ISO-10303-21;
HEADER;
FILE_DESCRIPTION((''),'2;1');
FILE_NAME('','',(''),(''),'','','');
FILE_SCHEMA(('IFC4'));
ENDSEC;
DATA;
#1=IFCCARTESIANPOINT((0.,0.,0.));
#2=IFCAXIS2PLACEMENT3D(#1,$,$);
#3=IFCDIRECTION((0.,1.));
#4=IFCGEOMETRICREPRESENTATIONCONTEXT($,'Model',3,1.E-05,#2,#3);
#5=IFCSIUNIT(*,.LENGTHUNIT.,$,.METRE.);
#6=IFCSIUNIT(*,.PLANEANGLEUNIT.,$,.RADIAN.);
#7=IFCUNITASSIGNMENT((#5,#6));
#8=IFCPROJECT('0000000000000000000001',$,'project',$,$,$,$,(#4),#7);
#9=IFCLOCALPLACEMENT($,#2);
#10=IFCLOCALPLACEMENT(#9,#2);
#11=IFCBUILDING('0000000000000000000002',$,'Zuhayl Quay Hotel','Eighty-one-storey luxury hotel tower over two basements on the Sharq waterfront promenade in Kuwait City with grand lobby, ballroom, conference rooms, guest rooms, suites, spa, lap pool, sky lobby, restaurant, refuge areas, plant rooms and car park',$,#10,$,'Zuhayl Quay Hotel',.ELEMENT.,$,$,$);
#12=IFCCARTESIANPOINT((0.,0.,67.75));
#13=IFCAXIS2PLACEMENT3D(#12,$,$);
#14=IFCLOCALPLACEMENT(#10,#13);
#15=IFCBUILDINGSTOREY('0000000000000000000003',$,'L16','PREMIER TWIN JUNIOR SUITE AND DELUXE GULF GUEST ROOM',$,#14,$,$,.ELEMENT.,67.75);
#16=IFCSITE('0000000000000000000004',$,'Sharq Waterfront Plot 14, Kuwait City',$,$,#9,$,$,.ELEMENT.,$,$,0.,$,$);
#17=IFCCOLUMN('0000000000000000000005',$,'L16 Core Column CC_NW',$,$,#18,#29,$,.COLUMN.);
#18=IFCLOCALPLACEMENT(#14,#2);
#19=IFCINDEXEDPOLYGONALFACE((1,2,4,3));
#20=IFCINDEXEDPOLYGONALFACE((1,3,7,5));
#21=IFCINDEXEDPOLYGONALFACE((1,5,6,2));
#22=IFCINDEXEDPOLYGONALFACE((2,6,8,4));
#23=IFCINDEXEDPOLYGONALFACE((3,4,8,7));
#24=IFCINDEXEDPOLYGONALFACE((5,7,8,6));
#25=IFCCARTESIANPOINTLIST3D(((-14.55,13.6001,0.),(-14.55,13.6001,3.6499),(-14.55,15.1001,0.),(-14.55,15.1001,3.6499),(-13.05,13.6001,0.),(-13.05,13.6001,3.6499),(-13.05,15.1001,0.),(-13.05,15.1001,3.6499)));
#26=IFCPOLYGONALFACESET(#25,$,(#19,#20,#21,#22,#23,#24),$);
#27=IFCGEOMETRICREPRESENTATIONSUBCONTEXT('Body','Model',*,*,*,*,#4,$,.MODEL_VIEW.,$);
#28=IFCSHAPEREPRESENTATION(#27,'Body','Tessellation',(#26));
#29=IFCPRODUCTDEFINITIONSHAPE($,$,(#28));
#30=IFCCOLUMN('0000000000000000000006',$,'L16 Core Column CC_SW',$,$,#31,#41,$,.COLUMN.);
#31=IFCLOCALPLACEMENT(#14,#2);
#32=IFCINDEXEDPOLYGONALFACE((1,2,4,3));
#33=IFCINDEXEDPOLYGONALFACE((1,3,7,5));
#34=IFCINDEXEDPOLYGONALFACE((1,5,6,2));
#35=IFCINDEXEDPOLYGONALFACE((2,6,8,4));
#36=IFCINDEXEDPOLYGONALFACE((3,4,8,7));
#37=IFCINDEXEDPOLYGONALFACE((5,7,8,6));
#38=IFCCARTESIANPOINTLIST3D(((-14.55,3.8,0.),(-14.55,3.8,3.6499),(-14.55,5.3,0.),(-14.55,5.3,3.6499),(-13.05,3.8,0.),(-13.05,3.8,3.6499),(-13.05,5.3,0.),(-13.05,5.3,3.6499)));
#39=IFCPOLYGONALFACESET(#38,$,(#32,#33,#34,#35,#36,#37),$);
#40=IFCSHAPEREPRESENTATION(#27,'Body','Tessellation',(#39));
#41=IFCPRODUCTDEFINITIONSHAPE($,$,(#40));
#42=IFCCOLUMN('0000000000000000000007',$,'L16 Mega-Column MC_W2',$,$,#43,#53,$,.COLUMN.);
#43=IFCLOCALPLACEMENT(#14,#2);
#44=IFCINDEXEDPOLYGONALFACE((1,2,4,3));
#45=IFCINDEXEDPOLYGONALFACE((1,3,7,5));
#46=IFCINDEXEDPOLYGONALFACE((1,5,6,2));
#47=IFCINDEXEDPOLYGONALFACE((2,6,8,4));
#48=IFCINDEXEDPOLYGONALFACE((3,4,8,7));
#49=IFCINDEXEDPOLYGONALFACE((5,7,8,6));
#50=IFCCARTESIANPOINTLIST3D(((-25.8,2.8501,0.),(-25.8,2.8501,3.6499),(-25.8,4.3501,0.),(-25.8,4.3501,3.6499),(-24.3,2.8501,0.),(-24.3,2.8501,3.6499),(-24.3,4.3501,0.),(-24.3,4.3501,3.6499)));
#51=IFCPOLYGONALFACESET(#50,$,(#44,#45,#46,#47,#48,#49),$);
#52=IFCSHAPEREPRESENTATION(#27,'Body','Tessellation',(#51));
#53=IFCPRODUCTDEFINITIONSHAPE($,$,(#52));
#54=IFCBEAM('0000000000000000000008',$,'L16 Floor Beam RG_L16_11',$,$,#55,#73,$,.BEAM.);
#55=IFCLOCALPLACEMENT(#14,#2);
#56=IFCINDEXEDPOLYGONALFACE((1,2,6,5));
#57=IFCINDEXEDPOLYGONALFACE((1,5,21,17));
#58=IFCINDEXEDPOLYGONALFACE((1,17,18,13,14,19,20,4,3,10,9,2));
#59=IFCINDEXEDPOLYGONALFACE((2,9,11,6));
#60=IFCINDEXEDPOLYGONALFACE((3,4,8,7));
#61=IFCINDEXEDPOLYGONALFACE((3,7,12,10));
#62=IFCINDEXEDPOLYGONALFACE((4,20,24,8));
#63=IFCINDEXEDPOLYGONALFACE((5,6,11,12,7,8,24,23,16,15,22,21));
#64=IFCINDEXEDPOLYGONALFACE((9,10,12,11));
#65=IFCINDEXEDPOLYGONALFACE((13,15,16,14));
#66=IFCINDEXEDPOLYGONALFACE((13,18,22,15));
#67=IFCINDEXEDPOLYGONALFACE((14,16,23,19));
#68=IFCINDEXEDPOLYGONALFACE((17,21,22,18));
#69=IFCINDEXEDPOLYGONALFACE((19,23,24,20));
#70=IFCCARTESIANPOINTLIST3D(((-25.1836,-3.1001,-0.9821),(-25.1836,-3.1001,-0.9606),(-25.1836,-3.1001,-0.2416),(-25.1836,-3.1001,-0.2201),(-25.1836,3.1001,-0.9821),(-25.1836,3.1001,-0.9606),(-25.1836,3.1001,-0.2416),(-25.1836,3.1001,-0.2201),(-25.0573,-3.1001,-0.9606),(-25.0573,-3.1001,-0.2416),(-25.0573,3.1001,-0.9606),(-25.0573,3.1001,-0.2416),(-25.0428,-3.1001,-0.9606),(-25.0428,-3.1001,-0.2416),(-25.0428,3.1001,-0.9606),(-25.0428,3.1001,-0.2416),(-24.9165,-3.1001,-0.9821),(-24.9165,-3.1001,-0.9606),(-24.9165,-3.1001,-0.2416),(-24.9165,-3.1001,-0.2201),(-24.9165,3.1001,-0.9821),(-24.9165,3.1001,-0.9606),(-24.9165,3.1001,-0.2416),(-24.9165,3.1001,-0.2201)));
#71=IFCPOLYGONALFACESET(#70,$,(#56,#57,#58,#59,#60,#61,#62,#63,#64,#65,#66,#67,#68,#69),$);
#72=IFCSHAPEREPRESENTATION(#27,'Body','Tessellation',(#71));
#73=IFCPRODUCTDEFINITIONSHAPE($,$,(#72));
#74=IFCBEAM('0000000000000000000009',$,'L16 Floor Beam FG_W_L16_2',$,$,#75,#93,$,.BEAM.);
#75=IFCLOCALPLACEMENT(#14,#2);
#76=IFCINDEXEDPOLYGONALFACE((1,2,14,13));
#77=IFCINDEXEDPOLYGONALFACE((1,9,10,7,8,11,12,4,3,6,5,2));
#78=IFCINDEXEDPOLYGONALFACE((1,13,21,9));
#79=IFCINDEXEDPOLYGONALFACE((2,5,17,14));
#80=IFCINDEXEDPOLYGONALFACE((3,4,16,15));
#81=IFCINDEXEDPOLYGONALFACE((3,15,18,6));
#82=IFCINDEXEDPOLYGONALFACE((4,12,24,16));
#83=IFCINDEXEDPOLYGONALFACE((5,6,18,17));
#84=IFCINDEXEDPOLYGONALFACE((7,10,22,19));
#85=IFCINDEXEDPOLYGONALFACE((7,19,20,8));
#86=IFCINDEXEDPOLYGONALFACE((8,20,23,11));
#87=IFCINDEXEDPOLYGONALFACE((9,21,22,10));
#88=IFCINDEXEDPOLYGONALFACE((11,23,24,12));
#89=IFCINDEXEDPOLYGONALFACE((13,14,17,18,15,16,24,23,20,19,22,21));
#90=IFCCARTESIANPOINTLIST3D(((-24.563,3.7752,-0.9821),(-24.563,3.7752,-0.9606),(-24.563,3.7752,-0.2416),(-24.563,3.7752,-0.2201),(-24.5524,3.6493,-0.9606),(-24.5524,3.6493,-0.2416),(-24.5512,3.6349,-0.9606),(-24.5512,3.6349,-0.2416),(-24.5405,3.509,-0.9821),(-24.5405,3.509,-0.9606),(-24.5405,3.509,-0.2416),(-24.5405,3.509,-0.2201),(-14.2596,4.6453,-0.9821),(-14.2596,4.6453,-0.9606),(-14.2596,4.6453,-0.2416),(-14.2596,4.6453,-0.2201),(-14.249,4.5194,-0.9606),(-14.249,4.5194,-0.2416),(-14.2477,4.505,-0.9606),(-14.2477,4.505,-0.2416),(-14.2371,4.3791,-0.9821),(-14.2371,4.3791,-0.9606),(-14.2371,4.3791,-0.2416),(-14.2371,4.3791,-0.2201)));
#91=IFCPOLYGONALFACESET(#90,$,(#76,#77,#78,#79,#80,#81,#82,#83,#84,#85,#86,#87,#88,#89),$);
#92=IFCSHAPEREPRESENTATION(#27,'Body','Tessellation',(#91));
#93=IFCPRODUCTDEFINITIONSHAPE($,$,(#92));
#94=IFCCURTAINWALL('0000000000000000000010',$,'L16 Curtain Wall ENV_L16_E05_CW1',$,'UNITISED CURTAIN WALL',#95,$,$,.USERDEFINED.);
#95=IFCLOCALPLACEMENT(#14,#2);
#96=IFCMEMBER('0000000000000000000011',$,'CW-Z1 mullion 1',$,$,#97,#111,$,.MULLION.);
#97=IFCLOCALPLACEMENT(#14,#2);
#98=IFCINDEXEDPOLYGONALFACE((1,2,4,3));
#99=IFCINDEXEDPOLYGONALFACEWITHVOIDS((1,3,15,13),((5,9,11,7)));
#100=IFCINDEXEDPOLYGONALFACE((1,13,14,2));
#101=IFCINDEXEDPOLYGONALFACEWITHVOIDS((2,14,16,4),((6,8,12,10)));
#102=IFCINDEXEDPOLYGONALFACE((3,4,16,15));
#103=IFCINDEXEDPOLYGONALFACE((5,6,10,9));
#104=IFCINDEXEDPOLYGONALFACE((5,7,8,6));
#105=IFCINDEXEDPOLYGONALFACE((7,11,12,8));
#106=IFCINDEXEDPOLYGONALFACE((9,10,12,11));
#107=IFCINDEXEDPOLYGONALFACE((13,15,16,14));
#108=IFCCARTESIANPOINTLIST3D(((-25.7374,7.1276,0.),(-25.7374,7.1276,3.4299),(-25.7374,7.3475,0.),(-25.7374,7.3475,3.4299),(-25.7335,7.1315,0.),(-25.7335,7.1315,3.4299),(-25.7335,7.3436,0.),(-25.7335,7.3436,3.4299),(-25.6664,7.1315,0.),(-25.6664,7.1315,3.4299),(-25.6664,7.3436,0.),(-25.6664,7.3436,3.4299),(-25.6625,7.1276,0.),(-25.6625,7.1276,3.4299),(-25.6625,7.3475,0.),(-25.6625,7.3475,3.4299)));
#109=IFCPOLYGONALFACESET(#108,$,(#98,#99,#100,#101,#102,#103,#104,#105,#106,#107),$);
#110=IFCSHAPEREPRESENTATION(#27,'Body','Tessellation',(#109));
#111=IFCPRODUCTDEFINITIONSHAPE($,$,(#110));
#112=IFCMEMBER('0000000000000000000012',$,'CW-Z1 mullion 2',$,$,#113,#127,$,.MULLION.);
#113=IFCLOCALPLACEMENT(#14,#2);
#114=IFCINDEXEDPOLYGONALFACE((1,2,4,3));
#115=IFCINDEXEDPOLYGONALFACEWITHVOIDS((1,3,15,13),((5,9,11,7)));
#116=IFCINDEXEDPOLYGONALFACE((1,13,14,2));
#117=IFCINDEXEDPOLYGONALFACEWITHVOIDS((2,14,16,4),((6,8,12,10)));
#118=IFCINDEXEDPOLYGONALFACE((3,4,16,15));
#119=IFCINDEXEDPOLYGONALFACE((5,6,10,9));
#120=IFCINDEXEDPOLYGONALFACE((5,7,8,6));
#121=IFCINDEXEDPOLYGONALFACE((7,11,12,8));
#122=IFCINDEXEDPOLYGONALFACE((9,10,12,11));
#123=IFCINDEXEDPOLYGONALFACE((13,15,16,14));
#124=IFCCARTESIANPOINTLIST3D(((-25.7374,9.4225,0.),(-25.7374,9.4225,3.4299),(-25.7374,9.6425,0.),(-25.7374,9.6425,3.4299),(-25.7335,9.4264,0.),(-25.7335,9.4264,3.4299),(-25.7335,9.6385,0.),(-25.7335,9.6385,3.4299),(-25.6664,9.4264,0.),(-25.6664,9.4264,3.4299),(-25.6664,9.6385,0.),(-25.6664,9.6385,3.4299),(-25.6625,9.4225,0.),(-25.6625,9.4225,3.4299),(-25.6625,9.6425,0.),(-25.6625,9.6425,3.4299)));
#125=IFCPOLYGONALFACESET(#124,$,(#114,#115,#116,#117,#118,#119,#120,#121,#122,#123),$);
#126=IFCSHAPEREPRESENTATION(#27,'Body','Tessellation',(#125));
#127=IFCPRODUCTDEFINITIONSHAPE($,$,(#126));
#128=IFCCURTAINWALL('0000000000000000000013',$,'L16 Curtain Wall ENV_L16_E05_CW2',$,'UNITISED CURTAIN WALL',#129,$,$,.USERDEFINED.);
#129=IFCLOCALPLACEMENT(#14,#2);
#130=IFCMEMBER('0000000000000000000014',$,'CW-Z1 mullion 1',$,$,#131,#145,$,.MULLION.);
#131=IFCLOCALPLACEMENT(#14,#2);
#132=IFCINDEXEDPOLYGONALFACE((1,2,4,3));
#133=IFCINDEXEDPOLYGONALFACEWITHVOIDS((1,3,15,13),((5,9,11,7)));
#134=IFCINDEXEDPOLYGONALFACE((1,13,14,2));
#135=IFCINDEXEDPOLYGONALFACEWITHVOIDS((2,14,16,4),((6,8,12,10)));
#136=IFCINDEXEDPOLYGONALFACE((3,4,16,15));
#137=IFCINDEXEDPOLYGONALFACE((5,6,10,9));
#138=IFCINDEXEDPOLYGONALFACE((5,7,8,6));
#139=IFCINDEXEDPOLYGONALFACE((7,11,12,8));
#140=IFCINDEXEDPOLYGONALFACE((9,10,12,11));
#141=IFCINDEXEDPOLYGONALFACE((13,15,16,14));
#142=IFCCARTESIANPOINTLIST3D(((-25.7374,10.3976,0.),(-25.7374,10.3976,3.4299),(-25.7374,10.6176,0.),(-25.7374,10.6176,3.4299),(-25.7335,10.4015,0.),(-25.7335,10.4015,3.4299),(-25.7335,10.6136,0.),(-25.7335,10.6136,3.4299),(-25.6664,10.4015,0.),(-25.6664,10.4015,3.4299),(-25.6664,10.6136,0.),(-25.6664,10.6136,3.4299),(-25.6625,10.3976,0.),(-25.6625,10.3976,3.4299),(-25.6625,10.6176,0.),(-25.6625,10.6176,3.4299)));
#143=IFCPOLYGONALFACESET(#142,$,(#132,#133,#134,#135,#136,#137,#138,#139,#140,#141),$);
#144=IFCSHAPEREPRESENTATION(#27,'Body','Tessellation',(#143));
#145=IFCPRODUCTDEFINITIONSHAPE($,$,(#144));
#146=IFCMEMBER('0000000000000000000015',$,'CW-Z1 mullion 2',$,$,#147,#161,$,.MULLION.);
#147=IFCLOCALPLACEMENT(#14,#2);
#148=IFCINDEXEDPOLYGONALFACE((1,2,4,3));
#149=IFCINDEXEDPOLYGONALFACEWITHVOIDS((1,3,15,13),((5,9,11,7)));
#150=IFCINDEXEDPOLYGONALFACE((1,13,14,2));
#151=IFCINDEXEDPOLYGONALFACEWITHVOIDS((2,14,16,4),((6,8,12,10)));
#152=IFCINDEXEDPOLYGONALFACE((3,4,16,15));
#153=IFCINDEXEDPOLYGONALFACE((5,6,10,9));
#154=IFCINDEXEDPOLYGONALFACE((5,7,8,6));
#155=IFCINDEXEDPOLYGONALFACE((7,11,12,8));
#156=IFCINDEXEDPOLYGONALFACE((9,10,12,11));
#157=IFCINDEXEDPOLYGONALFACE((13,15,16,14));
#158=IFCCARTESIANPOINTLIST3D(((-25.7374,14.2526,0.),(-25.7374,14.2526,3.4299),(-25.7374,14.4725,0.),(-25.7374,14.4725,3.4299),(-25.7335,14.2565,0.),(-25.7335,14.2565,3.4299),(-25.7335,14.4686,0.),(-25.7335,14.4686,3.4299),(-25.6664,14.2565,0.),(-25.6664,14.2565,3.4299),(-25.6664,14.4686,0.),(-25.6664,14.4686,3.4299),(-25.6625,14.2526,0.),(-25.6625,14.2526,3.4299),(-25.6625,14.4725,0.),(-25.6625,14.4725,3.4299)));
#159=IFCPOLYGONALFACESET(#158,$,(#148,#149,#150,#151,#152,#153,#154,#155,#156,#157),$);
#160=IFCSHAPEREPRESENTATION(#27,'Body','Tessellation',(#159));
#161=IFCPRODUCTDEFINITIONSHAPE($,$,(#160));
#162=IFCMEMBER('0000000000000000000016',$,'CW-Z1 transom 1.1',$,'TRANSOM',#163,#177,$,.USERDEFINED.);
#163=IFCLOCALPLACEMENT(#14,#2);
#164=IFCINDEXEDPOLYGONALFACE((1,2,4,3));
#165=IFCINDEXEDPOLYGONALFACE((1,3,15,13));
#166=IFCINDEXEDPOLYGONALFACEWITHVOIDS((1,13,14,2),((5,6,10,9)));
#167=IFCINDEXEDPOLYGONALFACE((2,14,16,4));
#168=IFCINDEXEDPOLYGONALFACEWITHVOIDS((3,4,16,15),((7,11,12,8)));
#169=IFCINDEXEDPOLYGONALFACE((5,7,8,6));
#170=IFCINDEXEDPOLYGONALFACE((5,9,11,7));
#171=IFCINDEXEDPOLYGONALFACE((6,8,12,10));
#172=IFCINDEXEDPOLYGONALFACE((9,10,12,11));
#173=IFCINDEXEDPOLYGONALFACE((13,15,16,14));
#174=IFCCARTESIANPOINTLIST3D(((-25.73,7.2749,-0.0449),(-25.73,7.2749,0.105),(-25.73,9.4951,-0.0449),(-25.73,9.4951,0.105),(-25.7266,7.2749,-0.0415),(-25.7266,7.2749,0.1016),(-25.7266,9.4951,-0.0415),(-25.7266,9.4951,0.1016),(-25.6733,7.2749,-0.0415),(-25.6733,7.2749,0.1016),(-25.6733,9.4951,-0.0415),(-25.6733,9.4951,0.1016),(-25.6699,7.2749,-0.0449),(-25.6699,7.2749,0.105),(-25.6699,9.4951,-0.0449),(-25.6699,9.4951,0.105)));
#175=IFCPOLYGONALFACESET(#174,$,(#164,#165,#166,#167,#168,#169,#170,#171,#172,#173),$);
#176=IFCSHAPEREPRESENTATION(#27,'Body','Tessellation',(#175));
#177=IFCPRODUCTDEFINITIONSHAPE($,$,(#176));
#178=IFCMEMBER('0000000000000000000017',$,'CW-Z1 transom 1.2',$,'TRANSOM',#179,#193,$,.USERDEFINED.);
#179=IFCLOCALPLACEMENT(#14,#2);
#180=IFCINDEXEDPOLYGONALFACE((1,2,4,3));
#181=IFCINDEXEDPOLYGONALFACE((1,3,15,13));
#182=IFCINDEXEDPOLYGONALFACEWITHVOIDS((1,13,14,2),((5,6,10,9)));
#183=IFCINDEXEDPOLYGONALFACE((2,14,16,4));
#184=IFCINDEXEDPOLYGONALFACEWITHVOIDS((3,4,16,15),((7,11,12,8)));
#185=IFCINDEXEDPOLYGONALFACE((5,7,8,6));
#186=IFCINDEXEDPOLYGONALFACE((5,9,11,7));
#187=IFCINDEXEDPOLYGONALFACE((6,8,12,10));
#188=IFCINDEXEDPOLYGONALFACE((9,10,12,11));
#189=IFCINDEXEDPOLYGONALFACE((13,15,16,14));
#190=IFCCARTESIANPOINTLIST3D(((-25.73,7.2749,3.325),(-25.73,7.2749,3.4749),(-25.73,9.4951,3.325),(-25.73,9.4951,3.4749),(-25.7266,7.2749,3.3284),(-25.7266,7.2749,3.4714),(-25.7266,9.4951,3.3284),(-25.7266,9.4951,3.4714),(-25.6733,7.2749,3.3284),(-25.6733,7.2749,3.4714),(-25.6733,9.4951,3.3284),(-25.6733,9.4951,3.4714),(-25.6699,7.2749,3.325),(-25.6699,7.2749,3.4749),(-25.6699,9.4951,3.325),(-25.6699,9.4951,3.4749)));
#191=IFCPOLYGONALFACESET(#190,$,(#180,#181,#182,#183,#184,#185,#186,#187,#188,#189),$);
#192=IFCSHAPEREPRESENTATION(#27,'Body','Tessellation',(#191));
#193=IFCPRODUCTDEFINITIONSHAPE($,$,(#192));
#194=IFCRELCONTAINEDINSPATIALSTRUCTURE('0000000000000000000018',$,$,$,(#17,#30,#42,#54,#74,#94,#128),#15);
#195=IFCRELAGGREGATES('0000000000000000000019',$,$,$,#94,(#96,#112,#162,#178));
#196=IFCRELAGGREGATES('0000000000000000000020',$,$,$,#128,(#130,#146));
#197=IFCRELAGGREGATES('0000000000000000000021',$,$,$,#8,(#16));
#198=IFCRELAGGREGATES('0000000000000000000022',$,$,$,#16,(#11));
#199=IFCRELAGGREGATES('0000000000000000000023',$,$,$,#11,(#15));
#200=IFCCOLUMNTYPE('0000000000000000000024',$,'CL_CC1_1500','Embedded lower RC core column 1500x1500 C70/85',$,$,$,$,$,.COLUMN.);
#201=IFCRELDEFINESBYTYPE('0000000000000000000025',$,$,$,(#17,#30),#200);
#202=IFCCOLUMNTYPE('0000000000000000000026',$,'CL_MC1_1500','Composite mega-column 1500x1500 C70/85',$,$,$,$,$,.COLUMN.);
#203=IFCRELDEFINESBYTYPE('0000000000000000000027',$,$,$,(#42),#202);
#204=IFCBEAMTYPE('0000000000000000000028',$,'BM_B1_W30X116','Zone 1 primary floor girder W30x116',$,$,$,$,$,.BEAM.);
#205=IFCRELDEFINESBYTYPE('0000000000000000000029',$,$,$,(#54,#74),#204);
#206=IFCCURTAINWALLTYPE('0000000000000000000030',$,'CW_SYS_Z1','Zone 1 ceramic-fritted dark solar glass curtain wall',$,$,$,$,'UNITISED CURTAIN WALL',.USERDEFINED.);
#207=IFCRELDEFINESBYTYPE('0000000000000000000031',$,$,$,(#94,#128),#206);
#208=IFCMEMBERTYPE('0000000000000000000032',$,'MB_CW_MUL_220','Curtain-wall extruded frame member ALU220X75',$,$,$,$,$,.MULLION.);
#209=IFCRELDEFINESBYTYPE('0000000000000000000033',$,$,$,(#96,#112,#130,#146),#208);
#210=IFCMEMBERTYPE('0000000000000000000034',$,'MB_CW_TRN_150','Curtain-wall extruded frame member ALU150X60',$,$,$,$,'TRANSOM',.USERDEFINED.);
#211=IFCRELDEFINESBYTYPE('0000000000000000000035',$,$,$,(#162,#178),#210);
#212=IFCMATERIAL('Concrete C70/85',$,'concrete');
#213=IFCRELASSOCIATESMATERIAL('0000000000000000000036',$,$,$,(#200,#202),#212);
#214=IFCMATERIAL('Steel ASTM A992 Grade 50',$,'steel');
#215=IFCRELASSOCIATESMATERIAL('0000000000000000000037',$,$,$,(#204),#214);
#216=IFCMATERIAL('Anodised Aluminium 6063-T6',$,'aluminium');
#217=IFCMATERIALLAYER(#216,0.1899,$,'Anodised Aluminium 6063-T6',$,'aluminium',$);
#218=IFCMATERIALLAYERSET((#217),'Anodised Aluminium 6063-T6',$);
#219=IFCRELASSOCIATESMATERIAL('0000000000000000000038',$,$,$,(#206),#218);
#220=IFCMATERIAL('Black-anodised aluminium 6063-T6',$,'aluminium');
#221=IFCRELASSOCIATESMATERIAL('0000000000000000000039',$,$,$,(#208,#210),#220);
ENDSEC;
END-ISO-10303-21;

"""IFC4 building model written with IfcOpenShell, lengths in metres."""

from ifc_helpers import new_model, si_unit, direction, frame, origin, origin_2d, place, context, subcontext, project, spatial, rectangle, hollow_rectangle, i_section, extrude, material, layer, layer_set, material_profile, profile_set, type_object, element, aggregate, save


model = new_model("IFC4")

# Units and contexts
model_context = context("Model", 3, precision=1e-05, world=origin(), true_north=direction((0.0, 1.0)))
body_context = subcontext(model_context, "Body", "Model", "MODEL_VIEW")
ifc_project = project(units=[si_unit("LENGTHUNIT", "METRE"), si_unit("PLANEANGLEUNIT", "RADIAN")], contexts=[model_context])

# Site, building, storey
site_placement = place(None, origin())
site = spatial("IfcSite", under=ifc_project, at=site_placement, Name="Sharq Waterfront Plot 14, Kuwait City", CompositionType="ELEMENT", RefElevation=0.0)
building_placement = place(site_placement, origin())
building = spatial("IfcBuilding", under=site, at=building_placement, Name="Zuhayl Quay Hotel", Description="Eighty-one-storey luxury hotel tower over two basements on the Sharq waterfront promenade in Kuwait City with grand lobby, ballroom, conference rooms, guest rooms, suites, spa, lap pool, sky lobby, restaurant, refuge areas, plant rooms and car park", LongName="Zuhayl Quay Hotel", CompositionType="ELEMENT")
storey_placement = place(building_placement, frame((0.0, 0.0, 67.75)))
storey = spatial("IfcBuildingStorey", under=building, at=storey_placement, Name="L16", Description="PREMIER TWIN JUNIOR SUITE AND DELUXE GULF GUEST ROOM", CompositionType="ELEMENT", Elevation=67.75)

# Columns
ifc_material_1 = material(Name="Concrete C70/85", Category="concrete")
ifc_material_profile_1 = material_profile(ifc_material_1, rectangle(XDim=1.5, YDim=1.5, at=origin_2d()), Name="RC1500X1500")
ifc_profile_set_1 = profile_set([ifc_material_profile_1], Name="Concrete C70/85")
column_type_1 = type_object("IfcColumnType", Name="CL_CC1_1500", Description="Embedded lower RC core column 1500x1500 C70/85", PredefinedType="COLUMN", material=ifc_profile_set_1)
for number, where, z_axis, x_axis, name in (
    (1, (-13.8, 14.3501, 0.0), (0.0, 0.0, 1.0), (1.0, 0.0, 0.0), "L16 Core Column CC_NW"),
    (2, (-13.8, 4.55, 0.0), (0.0, 0.0, 1.0), (1.0, 0.0, 0.0), "L16 Core Column CC_SW"),
):
    element("IfcColumn", number, at=place(storey_placement, frame(where, z_axis=z_axis, x_axis=x_axis)), inside=storey, type_object=column_type_1, Name=name, PredefinedType="COLUMN", context=body_context, shape_type="SweptSolid", body=[
        extrude(rectangle(XDim=1.5, YDim=1.5, at=origin_2d()), origin(), (0.0, 0.0, 1.0), 3.6499),
    ])
ifc_material_profile_2 = material_profile(ifc_material_1, rectangle(XDim=1.5, YDim=1.5, at=origin_2d()), Name="RC1500X1500")
ifc_profile_set_2 = profile_set([ifc_material_profile_2], Name="Concrete C70/85")
column_type_2 = type_object("IfcColumnType", Name="CL_MC1_1500", Description="Composite mega-column 1500x1500 C70/85", PredefinedType="COLUMN", material=ifc_profile_set_2)
column_placement = place(storey_placement, frame((-25.05, 3.6001, 0.0), z_axis=(0.0, 0.0, 1.0), x_axis=(1.0, 0.0, 0.0)))
element("IfcColumn", 3, at=column_placement, inside=storey, type_object=column_type_2, Name="L16 Mega-Column MC_W2", PredefinedType="COLUMN", context=body_context, shape_type="SweptSolid", body=[
    extrude(rectangle(XDim=1.5, YDim=1.5, at=origin_2d()), origin(), (0.0, 0.0, 1.0), 3.6499),
])

# Beams
ifc_material_2 = material(Name="Steel ASTM A992 Grade 50", Category="steel")
ifc_material_profile_3 = material_profile(ifc_material_2, i_section(OverallWidth=0.2671, OverallDepth=0.762, WebThickness=0.0144, FlangeThickness=0.0215, at=origin_2d()), Name="W30X116")
ifc_profile_set_3 = profile_set([ifc_material_profile_3], Name="Steel ASTM A992 Grade 50")
beam_type = type_object("IfcBeamType", Name="BM_B1_W30X116", Description="Zone 1 primary floor girder W30x116", PredefinedType="BEAM", material=ifc_profile_set_3)
beam_1_placement = place(storey_placement, frame((-25.05, 3.1001, -0.6011), z_axis=(0.0, -1.0, 0.0), x_axis=(1.0, 0.0, 0.0)))
element("IfcBeam", 4, at=beam_1_placement, inside=storey, type_object=beam_type, Name="L16 Floor Beam RG_L16_11", PredefinedType="BEAM", context=body_context, shape_type="SweptSolid", body=[
    extrude(i_section(OverallWidth=0.2671, OverallDepth=0.762, WebThickness=0.0144, FlangeThickness=0.0215, at=origin_2d()), origin(), (0.0, 0.0, 1.0), 6.2002),
])
beam_2_placement = place(storey_placement, frame((-24.5518, 3.6421, -0.6011), z_axis=(0.996453, 0.084149, 0.0), x_axis=(-0.084149, 0.996453, 0.0)))
element("IfcBeam", 5, at=beam_2_placement, inside=storey, type_object=beam_type, Name="L16 Floor Beam FG_W_L16_2", PredefinedType="BEAM", context=body_context, shape_type="SweptSolid", body=[
    extrude(i_section(OverallWidth=0.2671, OverallDepth=0.762, WebThickness=0.0144, FlangeThickness=0.0215, at=origin_2d()), origin(), (0.0, 0.0, 1.0), 10.3401),
])

# Curtain walls, members
ifc_material_3 = material(Name="Anodised Aluminium 6063-T6", Category="aluminium")
ifc_layer_1 = layer(ifc_material_3, 0.1899, Name="Anodised Aluminium 6063-T6", Category="aluminium")
ifc_layer_set_1 = layer_set([ifc_layer_1], Name="Anodised Aluminium 6063-T6")
curtain_wall_type = type_object("IfcCurtainWallType", Name="CW_SYS_Z1", Description="Zone 1 ceramic-fritted dark solar glass curtain wall", ElementType="UNITISED CURTAIN WALL", PredefinedType="USERDEFINED", material=ifc_layer_set_1)
curtain_wall_1_placement = place(storey_placement, origin())
curtain_wall_1 = element("IfcCurtainWall", 6, at=curtain_wall_1_placement, inside=storey, type_object=curtain_wall_type, Name="L16 Curtain Wall ENV_L16_E05_CW1", ObjectType="UNITISED CURTAIN WALL", PredefinedType="USERDEFINED")
ifc_material_4 = material(Name="Black-anodised aluminium 6063-T6", Category="aluminium")
ifc_material_profile_4 = material_profile(ifc_material_4, hollow_rectangle(XDim=0.075, YDim=0.22, WallThickness=0.0039, at=origin_2d()), Name="ALU220X75")
ifc_profile_set_4 = profile_set([ifc_material_profile_4], Name="Black-anodised aluminium 6063-T6")
member_type_1 = type_object("IfcMemberType", Name="MB_CW_MUL_220", Description="Curtain-wall extruded frame member ALU220X75", PredefinedType="MULLION", material=ifc_profile_set_4)
member_1_placement = place(storey_placement, frame((-25.7, 7.2375, 0.0), z_axis=(0.0, 0.0, 1.0), x_axis=(-1.0, 0.0, 0.0)))
member_1 = element("IfcMember", 7, at=member_1_placement, type_object=member_type_1, Name="CW-Z1 mullion 1", PredefinedType="MULLION", context=body_context, shape_type="SweptSolid", body=[
    extrude(hollow_rectangle(XDim=0.075, YDim=0.22, WallThickness=0.0039, at=origin_2d()), origin(), (0.0, 0.0, 1.0), 3.4299),
])
member_2_placement = place(storey_placement, frame((-25.7, 9.5325, 0.0), z_axis=(0.0, 0.0, 1.0), x_axis=(-1.0, 0.0, 0.0)))
member_2 = element("IfcMember", 8, at=member_2_placement, type_object=member_type_1, Name="CW-Z1 mullion 2", PredefinedType="MULLION", context=body_context, shape_type="SweptSolid", body=[
    extrude(hollow_rectangle(XDim=0.075, YDim=0.22, WallThickness=0.0039, at=origin_2d()), origin(), (0.0, 0.0, 1.0), 3.4299),
])
curtain_wall_2_placement = place(storey_placement, origin())
curtain_wall_2 = element("IfcCurtainWall", 9, at=curtain_wall_2_placement, inside=storey, type_object=curtain_wall_type, Name="L16 Curtain Wall ENV_L16_E05_CW2", ObjectType="UNITISED CURTAIN WALL", PredefinedType="USERDEFINED")
member_3_placement = place(storey_placement, frame((-25.7, 10.5076, 0.0), z_axis=(0.0, 0.0, 1.0), x_axis=(-1.0, 0.0, 0.0)))
member_3 = element("IfcMember", 10, at=member_3_placement, type_object=member_type_1, Name="CW-Z1 mullion 1", PredefinedType="MULLION", context=body_context, shape_type="SweptSolid", body=[
    extrude(hollow_rectangle(XDim=0.075, YDim=0.22, WallThickness=0.0039, at=origin_2d()), origin(), (0.0, 0.0, 1.0), 3.4299),
])
member_4_placement = place(storey_placement, frame((-25.7, 14.3625, 0.0), z_axis=(0.0, 0.0, 1.0), x_axis=(-1.0, 0.0, 0.0)))
member_4 = element("IfcMember", 11, at=member_4_placement, type_object=member_type_1, Name="CW-Z1 mullion 2", PredefinedType="MULLION", context=body_context, shape_type="SweptSolid", body=[
    extrude(hollow_rectangle(XDim=0.075, YDim=0.22, WallThickness=0.0039, at=origin_2d()), origin(), (0.0, 0.0, 1.0), 3.4299),
])

# Members
ifc_material_profile_5 = material_profile(ifc_material_4, hollow_rectangle(XDim=0.0601, YDim=0.1499, WallThickness=0.0034, at=origin_2d()), Name="ALU150X60")
ifc_profile_set_5 = profile_set([ifc_material_profile_5], Name="Black-anodised aluminium 6063-T6")
member_type_2 = type_object("IfcMemberType", Name="MB_CW_TRN_150", Description="Curtain-wall extruded frame member ALU150X60", ElementType="TRANSOM", PredefinedType="USERDEFINED", material=ifc_profile_set_5)
member_5_placement = place(storey_placement, frame((-25.7, 7.2749, 0.03), z_axis=(0.0, 1.0, 0.0), x_axis=(-1.0, 0.0, 0.0)))
member_5 = element("IfcMember", 12, at=member_5_placement, type_object=member_type_2, Name="CW-Z1 transom 1.1", ObjectType="TRANSOM", PredefinedType="USERDEFINED", context=body_context, shape_type="SweptSolid", body=[
    extrude(hollow_rectangle(XDim=0.0601, YDim=0.1499, WallThickness=0.0034, at=origin_2d()), origin(), (0.0, 0.0, 1.0), 2.2202),
])
member_6_placement = place(storey_placement, frame((-25.7, 7.2749, 3.3999), z_axis=(0.0, 1.0, 0.0), x_axis=(-1.0, 0.0, 0.0)))
member_6 = element("IfcMember", 13, at=member_6_placement, type_object=member_type_2, Name="CW-Z1 transom 1.2", ObjectType="TRANSOM", PredefinedType="USERDEFINED", context=body_context, shape_type="SweptSolid", body=[
    extrude(hollow_rectangle(XDim=0.0601, YDim=0.1499, WallThickness=0.0034, at=origin_2d()), origin(), (0.0, 0.0, 1.0), 2.2202),
])

aggregate(curtain_wall_1, [member_1, member_2, member_5, member_6])
aggregate(curtain_wall_2, [member_3, member_4])

save(model, "model.ifc")
